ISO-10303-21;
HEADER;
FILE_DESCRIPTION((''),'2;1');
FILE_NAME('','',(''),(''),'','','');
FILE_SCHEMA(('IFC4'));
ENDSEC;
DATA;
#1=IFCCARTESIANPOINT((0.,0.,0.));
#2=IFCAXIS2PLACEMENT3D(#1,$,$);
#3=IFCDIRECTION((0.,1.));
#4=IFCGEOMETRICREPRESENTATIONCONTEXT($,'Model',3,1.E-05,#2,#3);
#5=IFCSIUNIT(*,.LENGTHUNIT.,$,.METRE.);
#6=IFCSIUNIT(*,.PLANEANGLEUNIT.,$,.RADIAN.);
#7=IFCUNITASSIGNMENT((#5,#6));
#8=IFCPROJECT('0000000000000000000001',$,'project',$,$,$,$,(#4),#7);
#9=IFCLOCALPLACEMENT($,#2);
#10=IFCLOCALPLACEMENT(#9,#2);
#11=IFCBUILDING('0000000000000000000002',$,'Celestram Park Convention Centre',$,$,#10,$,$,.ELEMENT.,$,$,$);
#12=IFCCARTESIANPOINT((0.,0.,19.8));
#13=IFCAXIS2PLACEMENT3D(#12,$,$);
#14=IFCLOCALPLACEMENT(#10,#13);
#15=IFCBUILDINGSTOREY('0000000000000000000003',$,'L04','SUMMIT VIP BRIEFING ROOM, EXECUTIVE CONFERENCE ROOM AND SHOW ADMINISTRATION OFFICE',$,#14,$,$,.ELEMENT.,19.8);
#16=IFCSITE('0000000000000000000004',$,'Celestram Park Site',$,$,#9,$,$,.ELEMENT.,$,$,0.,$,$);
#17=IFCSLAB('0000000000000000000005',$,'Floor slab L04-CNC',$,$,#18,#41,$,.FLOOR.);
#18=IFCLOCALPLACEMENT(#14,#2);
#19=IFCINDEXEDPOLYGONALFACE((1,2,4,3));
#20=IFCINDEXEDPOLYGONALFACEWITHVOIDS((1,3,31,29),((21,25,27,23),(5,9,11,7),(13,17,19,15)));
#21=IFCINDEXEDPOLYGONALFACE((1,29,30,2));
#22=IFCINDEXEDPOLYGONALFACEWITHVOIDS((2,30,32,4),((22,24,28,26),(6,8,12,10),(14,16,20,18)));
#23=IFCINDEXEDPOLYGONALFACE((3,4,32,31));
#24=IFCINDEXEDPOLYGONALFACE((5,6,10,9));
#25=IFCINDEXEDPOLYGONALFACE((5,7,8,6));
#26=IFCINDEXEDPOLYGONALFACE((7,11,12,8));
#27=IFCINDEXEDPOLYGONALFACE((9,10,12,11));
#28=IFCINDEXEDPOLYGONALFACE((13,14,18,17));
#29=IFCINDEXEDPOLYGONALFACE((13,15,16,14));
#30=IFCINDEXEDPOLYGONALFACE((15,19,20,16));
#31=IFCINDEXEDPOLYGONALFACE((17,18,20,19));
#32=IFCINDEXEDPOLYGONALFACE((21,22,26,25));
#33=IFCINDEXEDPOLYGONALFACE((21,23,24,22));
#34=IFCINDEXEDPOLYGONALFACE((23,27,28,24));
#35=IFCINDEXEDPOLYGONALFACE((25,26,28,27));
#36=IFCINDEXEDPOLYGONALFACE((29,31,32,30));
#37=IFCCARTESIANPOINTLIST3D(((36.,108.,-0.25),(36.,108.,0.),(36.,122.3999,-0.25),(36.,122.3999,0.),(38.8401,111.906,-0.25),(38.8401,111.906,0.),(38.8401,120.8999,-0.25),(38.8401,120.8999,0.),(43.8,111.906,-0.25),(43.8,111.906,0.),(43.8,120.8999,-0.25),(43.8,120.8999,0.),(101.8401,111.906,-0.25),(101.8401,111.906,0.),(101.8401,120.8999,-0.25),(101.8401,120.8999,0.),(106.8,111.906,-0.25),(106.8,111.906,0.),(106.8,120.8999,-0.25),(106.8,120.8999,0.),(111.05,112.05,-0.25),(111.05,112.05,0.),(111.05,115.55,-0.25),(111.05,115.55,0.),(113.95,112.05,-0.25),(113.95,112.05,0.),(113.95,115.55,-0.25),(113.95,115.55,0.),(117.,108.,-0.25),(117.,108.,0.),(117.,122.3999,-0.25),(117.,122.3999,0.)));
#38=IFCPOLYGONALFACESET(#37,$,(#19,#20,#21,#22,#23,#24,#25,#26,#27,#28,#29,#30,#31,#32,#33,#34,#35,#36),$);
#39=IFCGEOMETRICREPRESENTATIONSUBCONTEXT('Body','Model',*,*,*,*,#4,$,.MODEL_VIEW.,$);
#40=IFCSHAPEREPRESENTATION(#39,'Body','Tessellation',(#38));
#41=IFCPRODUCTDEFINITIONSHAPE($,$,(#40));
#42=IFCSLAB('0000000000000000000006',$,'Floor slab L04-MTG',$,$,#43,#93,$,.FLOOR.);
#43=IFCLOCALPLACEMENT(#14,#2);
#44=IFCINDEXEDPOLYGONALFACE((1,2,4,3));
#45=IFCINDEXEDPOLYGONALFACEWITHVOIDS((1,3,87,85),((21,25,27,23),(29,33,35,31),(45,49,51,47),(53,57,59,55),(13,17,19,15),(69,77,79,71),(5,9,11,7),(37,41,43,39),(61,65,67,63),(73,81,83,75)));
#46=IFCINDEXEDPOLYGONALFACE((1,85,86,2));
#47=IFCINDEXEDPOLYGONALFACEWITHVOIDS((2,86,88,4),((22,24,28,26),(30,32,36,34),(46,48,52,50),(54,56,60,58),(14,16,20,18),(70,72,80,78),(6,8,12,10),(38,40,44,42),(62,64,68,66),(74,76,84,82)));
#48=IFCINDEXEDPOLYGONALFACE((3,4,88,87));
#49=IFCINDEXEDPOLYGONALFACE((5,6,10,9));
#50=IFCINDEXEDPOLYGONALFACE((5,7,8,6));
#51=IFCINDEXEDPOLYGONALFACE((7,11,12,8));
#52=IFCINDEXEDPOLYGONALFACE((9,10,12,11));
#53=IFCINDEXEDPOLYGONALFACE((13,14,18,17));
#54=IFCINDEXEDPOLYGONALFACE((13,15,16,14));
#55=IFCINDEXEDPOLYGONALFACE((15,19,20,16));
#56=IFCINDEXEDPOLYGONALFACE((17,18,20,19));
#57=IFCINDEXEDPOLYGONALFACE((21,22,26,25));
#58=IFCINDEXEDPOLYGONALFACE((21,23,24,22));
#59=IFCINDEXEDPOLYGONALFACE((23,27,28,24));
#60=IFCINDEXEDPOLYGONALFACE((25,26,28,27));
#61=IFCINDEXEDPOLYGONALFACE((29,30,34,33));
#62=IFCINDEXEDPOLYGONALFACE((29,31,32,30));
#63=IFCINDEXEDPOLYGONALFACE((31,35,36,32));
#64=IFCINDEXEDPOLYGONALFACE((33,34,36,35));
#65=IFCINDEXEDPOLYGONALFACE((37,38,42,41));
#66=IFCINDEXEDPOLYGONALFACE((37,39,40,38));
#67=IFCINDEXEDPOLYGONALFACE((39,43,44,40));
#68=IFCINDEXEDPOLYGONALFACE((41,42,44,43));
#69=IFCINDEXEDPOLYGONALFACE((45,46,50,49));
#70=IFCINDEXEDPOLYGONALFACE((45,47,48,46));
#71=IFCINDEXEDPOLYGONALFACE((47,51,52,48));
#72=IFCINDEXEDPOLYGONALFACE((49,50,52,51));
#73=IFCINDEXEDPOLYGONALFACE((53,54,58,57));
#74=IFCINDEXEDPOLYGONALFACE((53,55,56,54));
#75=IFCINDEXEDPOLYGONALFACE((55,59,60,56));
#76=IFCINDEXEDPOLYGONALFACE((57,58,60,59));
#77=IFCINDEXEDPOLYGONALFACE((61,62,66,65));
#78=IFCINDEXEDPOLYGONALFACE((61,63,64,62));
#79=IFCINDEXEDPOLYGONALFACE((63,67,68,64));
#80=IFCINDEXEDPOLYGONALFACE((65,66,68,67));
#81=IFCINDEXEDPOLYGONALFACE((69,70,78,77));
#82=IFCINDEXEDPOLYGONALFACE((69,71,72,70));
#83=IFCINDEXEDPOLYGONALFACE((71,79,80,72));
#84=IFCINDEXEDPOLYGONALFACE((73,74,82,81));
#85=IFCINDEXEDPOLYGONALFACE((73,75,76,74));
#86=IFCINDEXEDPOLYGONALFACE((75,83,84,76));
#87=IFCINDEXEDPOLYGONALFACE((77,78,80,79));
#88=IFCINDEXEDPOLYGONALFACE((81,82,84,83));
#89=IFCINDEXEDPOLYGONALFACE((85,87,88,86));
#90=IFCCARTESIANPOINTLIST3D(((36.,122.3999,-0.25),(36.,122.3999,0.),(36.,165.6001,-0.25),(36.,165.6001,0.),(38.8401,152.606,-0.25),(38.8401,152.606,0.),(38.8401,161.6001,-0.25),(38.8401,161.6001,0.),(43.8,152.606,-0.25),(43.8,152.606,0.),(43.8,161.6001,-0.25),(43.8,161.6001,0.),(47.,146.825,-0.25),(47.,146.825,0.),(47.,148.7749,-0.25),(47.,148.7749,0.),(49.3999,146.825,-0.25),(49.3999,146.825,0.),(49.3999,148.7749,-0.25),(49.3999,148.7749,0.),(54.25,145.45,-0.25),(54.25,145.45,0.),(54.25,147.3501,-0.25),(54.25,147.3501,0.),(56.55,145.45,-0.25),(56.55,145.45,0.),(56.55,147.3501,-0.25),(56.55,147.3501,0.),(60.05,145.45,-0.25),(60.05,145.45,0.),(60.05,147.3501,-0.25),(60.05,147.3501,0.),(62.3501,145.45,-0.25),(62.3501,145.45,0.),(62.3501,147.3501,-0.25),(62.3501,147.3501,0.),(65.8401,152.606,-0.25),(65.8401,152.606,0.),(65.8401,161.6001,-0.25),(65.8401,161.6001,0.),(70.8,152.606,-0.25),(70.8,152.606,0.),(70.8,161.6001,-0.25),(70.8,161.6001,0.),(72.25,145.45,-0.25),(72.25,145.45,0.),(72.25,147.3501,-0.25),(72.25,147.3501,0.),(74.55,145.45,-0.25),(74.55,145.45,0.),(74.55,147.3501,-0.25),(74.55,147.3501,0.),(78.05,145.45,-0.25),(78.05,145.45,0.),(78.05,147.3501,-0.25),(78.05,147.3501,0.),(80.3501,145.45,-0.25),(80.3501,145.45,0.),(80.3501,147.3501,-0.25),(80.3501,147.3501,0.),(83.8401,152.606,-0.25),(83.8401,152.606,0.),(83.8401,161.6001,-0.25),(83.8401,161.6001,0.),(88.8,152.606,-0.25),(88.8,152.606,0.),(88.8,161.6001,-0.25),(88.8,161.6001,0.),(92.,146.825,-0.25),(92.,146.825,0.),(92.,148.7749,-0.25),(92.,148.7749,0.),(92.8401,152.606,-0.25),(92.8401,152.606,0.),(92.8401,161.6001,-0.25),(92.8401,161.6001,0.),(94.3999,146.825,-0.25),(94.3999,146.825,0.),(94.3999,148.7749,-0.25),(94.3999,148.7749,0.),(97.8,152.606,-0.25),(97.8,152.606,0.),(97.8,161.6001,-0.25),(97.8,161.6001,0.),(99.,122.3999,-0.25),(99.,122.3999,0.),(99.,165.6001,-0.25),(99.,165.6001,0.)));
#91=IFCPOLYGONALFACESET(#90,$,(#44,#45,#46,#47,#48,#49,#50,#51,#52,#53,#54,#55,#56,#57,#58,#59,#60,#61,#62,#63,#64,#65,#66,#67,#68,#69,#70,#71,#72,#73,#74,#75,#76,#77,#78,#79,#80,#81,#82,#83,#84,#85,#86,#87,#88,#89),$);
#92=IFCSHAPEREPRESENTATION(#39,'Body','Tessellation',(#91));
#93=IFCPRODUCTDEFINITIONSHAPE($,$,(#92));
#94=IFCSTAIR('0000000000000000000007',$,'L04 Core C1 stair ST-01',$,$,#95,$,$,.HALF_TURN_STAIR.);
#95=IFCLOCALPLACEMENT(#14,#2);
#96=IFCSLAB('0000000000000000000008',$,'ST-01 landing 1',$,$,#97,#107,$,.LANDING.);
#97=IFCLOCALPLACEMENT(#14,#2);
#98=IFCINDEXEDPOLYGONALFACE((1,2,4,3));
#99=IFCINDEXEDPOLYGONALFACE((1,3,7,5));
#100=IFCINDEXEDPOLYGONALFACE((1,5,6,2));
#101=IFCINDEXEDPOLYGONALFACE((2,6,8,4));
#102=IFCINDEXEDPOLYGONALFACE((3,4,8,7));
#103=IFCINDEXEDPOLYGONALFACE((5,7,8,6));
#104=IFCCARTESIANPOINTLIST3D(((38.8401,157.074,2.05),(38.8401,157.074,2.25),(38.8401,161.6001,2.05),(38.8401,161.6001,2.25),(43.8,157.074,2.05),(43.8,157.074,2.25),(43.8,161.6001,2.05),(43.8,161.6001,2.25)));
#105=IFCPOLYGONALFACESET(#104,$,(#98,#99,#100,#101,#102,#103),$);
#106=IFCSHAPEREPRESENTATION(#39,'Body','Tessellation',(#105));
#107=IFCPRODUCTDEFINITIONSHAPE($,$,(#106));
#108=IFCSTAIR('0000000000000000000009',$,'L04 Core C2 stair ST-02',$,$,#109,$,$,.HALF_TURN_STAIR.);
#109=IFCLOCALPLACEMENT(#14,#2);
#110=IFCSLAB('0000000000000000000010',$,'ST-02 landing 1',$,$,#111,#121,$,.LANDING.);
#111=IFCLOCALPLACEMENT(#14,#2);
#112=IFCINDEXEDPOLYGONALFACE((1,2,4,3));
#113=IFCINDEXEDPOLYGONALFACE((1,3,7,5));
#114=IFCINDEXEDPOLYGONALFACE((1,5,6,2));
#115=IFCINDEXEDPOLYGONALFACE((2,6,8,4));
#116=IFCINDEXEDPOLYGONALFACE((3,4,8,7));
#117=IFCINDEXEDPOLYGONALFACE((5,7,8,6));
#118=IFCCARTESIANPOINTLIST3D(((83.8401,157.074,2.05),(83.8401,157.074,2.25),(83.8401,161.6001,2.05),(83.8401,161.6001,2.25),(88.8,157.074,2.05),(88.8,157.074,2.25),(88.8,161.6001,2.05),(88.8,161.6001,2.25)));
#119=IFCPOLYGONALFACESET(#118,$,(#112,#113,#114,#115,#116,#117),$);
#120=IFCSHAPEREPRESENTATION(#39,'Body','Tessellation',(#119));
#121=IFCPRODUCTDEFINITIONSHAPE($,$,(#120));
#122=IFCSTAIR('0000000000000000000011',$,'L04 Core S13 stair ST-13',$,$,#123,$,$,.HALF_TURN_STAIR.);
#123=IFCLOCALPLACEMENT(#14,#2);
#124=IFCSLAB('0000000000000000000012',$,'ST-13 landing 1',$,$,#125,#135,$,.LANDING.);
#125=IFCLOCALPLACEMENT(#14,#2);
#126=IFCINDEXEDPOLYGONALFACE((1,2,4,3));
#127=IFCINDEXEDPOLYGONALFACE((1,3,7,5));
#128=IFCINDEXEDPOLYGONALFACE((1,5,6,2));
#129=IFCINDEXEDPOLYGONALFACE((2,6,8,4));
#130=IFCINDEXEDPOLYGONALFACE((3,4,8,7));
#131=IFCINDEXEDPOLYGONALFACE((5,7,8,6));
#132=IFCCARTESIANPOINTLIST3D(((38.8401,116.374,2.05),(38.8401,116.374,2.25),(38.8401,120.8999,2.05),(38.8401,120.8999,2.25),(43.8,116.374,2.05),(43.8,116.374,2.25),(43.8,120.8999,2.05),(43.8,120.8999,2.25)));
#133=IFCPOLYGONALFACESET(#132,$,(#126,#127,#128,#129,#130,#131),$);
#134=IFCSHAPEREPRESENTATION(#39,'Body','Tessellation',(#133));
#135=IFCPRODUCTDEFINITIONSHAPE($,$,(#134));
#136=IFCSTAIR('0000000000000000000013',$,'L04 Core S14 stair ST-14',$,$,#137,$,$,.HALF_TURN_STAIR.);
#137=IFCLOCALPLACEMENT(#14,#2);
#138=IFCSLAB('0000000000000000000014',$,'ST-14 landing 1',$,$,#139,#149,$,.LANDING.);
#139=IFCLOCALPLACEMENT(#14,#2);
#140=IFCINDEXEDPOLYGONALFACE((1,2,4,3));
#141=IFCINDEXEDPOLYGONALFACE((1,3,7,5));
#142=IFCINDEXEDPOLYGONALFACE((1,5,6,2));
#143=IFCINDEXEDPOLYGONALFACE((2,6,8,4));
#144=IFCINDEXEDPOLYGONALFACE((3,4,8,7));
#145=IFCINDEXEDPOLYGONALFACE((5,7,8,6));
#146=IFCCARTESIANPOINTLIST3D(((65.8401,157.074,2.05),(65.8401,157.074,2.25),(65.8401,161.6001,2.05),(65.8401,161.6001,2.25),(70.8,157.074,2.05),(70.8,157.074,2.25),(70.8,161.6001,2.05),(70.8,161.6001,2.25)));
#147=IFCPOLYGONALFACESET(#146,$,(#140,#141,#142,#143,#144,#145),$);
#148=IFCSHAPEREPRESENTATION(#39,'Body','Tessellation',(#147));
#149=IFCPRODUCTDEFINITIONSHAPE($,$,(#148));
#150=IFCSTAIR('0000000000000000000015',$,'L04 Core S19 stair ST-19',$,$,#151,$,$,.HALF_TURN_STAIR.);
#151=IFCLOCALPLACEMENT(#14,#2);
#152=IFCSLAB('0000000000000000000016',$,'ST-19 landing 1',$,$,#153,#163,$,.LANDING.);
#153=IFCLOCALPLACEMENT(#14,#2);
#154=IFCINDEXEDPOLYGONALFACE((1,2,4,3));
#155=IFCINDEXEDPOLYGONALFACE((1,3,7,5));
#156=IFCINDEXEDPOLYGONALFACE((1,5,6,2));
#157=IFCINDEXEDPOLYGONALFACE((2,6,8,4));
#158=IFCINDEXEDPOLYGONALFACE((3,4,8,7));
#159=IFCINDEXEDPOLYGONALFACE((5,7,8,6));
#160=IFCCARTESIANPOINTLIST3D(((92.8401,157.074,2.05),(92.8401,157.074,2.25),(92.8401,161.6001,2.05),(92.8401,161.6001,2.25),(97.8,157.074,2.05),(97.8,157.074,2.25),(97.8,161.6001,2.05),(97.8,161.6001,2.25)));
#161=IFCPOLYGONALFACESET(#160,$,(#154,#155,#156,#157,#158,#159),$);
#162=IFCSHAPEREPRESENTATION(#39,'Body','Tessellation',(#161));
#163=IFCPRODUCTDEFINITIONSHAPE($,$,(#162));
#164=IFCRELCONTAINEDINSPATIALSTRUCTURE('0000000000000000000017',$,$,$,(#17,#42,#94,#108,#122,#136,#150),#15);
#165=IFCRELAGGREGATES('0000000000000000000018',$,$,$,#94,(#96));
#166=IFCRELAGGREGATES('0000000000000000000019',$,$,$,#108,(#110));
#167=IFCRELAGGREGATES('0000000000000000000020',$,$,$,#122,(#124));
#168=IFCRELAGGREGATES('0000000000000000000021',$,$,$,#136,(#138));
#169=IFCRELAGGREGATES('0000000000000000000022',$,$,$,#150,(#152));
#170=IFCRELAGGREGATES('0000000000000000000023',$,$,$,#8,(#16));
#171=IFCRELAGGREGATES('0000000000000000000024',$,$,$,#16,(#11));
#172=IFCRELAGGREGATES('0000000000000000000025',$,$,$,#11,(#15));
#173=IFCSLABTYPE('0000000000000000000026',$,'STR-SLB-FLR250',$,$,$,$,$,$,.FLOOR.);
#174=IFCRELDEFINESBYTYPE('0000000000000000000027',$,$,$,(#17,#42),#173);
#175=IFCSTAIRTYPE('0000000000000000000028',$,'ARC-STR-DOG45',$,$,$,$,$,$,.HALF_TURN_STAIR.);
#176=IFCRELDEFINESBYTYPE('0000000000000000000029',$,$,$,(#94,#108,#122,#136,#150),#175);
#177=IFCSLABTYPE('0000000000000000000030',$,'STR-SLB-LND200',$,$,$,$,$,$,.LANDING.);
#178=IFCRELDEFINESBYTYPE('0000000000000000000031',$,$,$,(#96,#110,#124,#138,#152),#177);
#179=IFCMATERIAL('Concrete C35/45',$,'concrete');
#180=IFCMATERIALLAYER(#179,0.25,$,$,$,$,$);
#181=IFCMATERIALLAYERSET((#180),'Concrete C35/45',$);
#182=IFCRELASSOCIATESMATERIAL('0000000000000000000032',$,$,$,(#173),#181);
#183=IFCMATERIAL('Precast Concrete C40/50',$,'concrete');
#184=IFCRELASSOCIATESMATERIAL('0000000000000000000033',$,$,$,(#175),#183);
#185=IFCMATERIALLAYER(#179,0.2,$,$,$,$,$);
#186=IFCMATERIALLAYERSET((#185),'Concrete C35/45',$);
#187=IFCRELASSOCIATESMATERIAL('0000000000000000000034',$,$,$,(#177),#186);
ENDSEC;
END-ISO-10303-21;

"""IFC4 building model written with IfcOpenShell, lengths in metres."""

from ifc_helpers import new_model, si_unit, direction, frame, origin, place, context, subcontext, project, spatial, polyline, outline, extrude, material, layer, layer_set, type_object, element, aggregate, save


model = new_model("IFC4")

# Units and contexts
model_context = context("Model", 3, precision=1e-05, world=origin(), true_north=direction((0.0, 1.0)))
body_context = subcontext(model_context, "Body", "Model", "MODEL_VIEW")
ifc_project = project(units=[si_unit("LENGTHUNIT", "METRE"), si_unit("PLANEANGLEUNIT", "RADIAN")], contexts=[model_context])

# Site, building, storey
site_placement = place(None, origin())
site = spatial("IfcSite", under=ifc_project, at=site_placement, Name="Celestram Park Site", CompositionType="ELEMENT", RefElevation=0.0)
building_placement = place(site_placement, origin())
building = spatial("IfcBuilding", under=site, at=building_placement, Name="Celestram Park Convention Centre", CompositionType="ELEMENT")
storey_placement = place(building_placement, frame((0.0, 0.0, 19.8)))
storey = spatial("IfcBuildingStorey", under=building, at=storey_placement, Name="L04", Description="SUMMIT VIP BRIEFING ROOM, EXECUTIVE CONFERENCE ROOM AND SHOW ADMINISTRATION OFFICE", CompositionType="ELEMENT", Elevation=19.8)

# Slabs
ifc_material_1 = material(Name="Concrete C35/45", Category="concrete")
ifc_layer_1 = layer(ifc_material_1, 0.25)
ifc_layer_set_1 = layer_set([ifc_layer_1], Name="Concrete C35/45")
slab_type_1 = type_object("IfcSlabType", Name="STR-SLB-FLR250", PredefinedType="FLOOR", material=ifc_layer_set_1)
slab_1_placement = place(storey_placement, frame((0.0, 0.0, -0.25)))
element("IfcSlab", 1, at=slab_1_placement, inside=storey, type_object=slab_type_1, Name="Floor slab L04-CNC", PredefinedType="FLOOR", context=body_context, shape_type="SweptSolid", body=[
    extrude(outline(polyline([(36.0, 108.0), (36.0, 122.3999), (117.0, 122.3999), (117.0, 108.0), (36.0, 108.0)]), holes=[polyline([(38.8401, 120.8999), (38.8401, 111.906), (43.8, 111.906), (43.8, 120.8999), (38.8401, 120.8999)]), polyline([(113.95, 112.05), (113.95, 115.55), (111.05, 115.55), (111.05, 112.05), (113.95, 112.05)]), polyline([(106.8, 120.8999), (101.8401, 120.8999), (101.8401, 111.906), (106.8, 111.906), (106.8, 120.8999)])]), origin(), (0.0, 0.0, 1.0), 0.25),
])
slab_2_placement = place(storey_placement, frame((0.0, 0.0, -0.25)))
element("IfcSlab", 2, at=slab_2_placement, inside=storey, type_object=slab_type_1, Name="Floor slab L04-MTG", PredefinedType="FLOOR", context=body_context, shape_type="SweptSolid", body=[
    extrude(outline(polyline([(36.0, 122.3999), (36.0, 165.6001), (99.0, 165.6001), (99.0, 122.3999), (36.0, 122.3999)]), holes=[polyline([(56.55, 145.45), (56.55, 147.3501), (54.25, 147.3501), (54.25, 145.45), (56.55, 145.45)]), polyline([(62.3501, 145.45), (62.3501, 147.3501), (60.05, 147.3501), (60.05, 145.45), (62.3501, 145.45)]), polyline([(74.55, 147.3501), (72.25, 147.3501), (72.25, 145.45), (74.55, 145.45), (74.55, 147.3501)]), polyline([(49.3999, 146.825), (49.3999, 148.7749), (47.0, 148.7749), (47.0, 146.825), (49.3999, 146.825)]), polyline([(43.8, 161.6001), (38.8401, 161.6001), (38.8401, 152.606), (43.8, 152.606), (43.8, 161.6001)]), polyline([(65.8401, 161.6001), (65.8401, 152.606), (70.8, 152.606), (70.8, 161.6001), (65.8401, 161.6001)]), polyline([(80.3501, 145.45), (80.3501, 147.3501), (78.05, 147.3501), (78.05, 145.45), (80.3501, 145.45)]), polyline([(94.3999, 146.825), (94.3999, 148.7749), (92.0, 148.7749), (92.0, 146.825), (94.3999, 146.825)]), polyline([(88.8, 161.6001), (83.8401, 161.6001), (83.8401, 152.606), (88.8, 152.606), (88.8, 161.6001)]), polyline([(97.8, 161.6001), (92.8401, 161.6001), (92.8401, 152.606), (97.8, 152.606), (97.8, 161.6001)])]), origin(), (0.0, 0.0, 1.0), 0.25),
])

# Stairs, slabs
ifc_material_2 = material(Name="Precast Concrete C40/50", Category="concrete")
stair_type = type_object("IfcStairType", Name="ARC-STR-DOG45", PredefinedType="HALF_TURN_STAIR", material=ifc_material_2)
stair_1_placement = place(storey_placement, origin())
stair_1 = element("IfcStair", 3, at=stair_1_placement, inside=storey, type_object=stair_type, Name="L04 Core C1 stair ST-01", PredefinedType="HALF_TURN_STAIR")
ifc_layer_2 = layer(ifc_material_1, 0.2)
ifc_layer_set_2 = layer_set([ifc_layer_2], Name="Concrete C35/45")
slab_type_2 = type_object("IfcSlabType", Name="STR-SLB-LND200", PredefinedType="LANDING", material=ifc_layer_set_2)
slab_3_placement = place(storey_placement, frame((0.0, 0.0, 2.05)))
slab_3 = element("IfcSlab", 4, at=slab_3_placement, type_object=slab_type_2, Name="ST-01 landing 1", PredefinedType="LANDING", context=body_context, shape_type="SweptSolid", body=[
    extrude(outline(polyline([(43.8, 157.074), (43.8, 161.6001), (38.8401, 161.6001), (38.8401, 157.074), (43.8, 157.074)])), origin(), (0.0, 0.0, 1.0), 0.2),
])
aggregate(stair_1, [slab_3])
stair_2_placement = place(storey_placement, origin())
stair_2 = element("IfcStair", 5, at=stair_2_placement, inside=storey, type_object=stair_type, Name="L04 Core C2 stair ST-02", PredefinedType="HALF_TURN_STAIR")
slab_4_placement = place(storey_placement, frame((0.0, 0.0, 2.05)))
slab_4 = element("IfcSlab", 6, at=slab_4_placement, type_object=slab_type_2, Name="ST-02 landing 1", PredefinedType="LANDING", context=body_context, shape_type="SweptSolid", body=[
    extrude(outline(polyline([(88.8, 157.074), (88.8, 161.6001), (83.8401, 161.6001), (83.8401, 157.074), (88.8, 157.074)])), origin(), (0.0, 0.0, 1.0), 0.2),
])
aggregate(stair_2, [slab_4])
stair_3_placement = place(storey_placement, origin())
stair_3 = element("IfcStair", 7, at=stair_3_placement, inside=storey, type_object=stair_type, Name="L04 Core S13 stair ST-13", PredefinedType="HALF_TURN_STAIR")
slab_5_placement = place(storey_placement, frame((0.0, 0.0, 2.05)))
slab_5 = element("IfcSlab", 8, at=slab_5_placement, type_object=slab_type_2, Name="ST-13 landing 1", PredefinedType="LANDING", context=body_context, shape_type="SweptSolid", body=[
    extrude(outline(polyline([(43.8, 116.374), (43.8, 120.8999), (38.8401, 120.8999), (38.8401, 116.374), (43.8, 116.374)])), origin(), (0.0, 0.0, 1.0), 0.2),
])
aggregate(stair_3, [slab_5])
stair_4_placement = place(storey_placement, origin())
stair_4 = element("IfcStair", 9, at=stair_4_placement, inside=storey, type_object=stair_type, Name="L04 Core S14 stair ST-14", PredefinedType="HALF_TURN_STAIR")
slab_6_placement = place(storey_placement, frame((0.0, 0.0, 2.05)))
slab_6 = element("IfcSlab", 10, at=slab_6_placement, type_object=slab_type_2, Name="ST-14 landing 1", PredefinedType="LANDING", context=body_context, shape_type="SweptSolid", body=[
    extrude(outline(polyline([(70.8, 157.074), (70.8, 161.6001), (65.8401, 161.6001), (65.8401, 157.074), (70.8, 157.074)])), origin(), (0.0, 0.0, 1.0), 0.2),
])
aggregate(stair_4, [slab_6])
stair_5_placement = place(storey_placement, origin())
stair_5 = element("IfcStair", 11, at=stair_5_placement, inside=storey, type_object=stair_type, Name="L04 Core S19 stair ST-19", PredefinedType="HALF_TURN_STAIR")
slab_7_placement = place(storey_placement, frame((0.0, 0.0, 2.05)))
slab_7 = element("IfcSlab", 12, at=slab_7_placement, type_object=slab_type_2, Name="ST-19 landing 1", PredefinedType="LANDING", context=body_context, shape_type="SweptSolid", body=[
    extrude(outline(polyline([(97.8, 157.074), (97.8, 161.6001), (92.8401, 161.6001), (92.8401, 157.074), (97.8, 157.074)])), origin(), (0.0, 0.0, 1.0), 0.2),
])
aggregate(stair_5, [slab_7])

save(model, "model.ifc")
